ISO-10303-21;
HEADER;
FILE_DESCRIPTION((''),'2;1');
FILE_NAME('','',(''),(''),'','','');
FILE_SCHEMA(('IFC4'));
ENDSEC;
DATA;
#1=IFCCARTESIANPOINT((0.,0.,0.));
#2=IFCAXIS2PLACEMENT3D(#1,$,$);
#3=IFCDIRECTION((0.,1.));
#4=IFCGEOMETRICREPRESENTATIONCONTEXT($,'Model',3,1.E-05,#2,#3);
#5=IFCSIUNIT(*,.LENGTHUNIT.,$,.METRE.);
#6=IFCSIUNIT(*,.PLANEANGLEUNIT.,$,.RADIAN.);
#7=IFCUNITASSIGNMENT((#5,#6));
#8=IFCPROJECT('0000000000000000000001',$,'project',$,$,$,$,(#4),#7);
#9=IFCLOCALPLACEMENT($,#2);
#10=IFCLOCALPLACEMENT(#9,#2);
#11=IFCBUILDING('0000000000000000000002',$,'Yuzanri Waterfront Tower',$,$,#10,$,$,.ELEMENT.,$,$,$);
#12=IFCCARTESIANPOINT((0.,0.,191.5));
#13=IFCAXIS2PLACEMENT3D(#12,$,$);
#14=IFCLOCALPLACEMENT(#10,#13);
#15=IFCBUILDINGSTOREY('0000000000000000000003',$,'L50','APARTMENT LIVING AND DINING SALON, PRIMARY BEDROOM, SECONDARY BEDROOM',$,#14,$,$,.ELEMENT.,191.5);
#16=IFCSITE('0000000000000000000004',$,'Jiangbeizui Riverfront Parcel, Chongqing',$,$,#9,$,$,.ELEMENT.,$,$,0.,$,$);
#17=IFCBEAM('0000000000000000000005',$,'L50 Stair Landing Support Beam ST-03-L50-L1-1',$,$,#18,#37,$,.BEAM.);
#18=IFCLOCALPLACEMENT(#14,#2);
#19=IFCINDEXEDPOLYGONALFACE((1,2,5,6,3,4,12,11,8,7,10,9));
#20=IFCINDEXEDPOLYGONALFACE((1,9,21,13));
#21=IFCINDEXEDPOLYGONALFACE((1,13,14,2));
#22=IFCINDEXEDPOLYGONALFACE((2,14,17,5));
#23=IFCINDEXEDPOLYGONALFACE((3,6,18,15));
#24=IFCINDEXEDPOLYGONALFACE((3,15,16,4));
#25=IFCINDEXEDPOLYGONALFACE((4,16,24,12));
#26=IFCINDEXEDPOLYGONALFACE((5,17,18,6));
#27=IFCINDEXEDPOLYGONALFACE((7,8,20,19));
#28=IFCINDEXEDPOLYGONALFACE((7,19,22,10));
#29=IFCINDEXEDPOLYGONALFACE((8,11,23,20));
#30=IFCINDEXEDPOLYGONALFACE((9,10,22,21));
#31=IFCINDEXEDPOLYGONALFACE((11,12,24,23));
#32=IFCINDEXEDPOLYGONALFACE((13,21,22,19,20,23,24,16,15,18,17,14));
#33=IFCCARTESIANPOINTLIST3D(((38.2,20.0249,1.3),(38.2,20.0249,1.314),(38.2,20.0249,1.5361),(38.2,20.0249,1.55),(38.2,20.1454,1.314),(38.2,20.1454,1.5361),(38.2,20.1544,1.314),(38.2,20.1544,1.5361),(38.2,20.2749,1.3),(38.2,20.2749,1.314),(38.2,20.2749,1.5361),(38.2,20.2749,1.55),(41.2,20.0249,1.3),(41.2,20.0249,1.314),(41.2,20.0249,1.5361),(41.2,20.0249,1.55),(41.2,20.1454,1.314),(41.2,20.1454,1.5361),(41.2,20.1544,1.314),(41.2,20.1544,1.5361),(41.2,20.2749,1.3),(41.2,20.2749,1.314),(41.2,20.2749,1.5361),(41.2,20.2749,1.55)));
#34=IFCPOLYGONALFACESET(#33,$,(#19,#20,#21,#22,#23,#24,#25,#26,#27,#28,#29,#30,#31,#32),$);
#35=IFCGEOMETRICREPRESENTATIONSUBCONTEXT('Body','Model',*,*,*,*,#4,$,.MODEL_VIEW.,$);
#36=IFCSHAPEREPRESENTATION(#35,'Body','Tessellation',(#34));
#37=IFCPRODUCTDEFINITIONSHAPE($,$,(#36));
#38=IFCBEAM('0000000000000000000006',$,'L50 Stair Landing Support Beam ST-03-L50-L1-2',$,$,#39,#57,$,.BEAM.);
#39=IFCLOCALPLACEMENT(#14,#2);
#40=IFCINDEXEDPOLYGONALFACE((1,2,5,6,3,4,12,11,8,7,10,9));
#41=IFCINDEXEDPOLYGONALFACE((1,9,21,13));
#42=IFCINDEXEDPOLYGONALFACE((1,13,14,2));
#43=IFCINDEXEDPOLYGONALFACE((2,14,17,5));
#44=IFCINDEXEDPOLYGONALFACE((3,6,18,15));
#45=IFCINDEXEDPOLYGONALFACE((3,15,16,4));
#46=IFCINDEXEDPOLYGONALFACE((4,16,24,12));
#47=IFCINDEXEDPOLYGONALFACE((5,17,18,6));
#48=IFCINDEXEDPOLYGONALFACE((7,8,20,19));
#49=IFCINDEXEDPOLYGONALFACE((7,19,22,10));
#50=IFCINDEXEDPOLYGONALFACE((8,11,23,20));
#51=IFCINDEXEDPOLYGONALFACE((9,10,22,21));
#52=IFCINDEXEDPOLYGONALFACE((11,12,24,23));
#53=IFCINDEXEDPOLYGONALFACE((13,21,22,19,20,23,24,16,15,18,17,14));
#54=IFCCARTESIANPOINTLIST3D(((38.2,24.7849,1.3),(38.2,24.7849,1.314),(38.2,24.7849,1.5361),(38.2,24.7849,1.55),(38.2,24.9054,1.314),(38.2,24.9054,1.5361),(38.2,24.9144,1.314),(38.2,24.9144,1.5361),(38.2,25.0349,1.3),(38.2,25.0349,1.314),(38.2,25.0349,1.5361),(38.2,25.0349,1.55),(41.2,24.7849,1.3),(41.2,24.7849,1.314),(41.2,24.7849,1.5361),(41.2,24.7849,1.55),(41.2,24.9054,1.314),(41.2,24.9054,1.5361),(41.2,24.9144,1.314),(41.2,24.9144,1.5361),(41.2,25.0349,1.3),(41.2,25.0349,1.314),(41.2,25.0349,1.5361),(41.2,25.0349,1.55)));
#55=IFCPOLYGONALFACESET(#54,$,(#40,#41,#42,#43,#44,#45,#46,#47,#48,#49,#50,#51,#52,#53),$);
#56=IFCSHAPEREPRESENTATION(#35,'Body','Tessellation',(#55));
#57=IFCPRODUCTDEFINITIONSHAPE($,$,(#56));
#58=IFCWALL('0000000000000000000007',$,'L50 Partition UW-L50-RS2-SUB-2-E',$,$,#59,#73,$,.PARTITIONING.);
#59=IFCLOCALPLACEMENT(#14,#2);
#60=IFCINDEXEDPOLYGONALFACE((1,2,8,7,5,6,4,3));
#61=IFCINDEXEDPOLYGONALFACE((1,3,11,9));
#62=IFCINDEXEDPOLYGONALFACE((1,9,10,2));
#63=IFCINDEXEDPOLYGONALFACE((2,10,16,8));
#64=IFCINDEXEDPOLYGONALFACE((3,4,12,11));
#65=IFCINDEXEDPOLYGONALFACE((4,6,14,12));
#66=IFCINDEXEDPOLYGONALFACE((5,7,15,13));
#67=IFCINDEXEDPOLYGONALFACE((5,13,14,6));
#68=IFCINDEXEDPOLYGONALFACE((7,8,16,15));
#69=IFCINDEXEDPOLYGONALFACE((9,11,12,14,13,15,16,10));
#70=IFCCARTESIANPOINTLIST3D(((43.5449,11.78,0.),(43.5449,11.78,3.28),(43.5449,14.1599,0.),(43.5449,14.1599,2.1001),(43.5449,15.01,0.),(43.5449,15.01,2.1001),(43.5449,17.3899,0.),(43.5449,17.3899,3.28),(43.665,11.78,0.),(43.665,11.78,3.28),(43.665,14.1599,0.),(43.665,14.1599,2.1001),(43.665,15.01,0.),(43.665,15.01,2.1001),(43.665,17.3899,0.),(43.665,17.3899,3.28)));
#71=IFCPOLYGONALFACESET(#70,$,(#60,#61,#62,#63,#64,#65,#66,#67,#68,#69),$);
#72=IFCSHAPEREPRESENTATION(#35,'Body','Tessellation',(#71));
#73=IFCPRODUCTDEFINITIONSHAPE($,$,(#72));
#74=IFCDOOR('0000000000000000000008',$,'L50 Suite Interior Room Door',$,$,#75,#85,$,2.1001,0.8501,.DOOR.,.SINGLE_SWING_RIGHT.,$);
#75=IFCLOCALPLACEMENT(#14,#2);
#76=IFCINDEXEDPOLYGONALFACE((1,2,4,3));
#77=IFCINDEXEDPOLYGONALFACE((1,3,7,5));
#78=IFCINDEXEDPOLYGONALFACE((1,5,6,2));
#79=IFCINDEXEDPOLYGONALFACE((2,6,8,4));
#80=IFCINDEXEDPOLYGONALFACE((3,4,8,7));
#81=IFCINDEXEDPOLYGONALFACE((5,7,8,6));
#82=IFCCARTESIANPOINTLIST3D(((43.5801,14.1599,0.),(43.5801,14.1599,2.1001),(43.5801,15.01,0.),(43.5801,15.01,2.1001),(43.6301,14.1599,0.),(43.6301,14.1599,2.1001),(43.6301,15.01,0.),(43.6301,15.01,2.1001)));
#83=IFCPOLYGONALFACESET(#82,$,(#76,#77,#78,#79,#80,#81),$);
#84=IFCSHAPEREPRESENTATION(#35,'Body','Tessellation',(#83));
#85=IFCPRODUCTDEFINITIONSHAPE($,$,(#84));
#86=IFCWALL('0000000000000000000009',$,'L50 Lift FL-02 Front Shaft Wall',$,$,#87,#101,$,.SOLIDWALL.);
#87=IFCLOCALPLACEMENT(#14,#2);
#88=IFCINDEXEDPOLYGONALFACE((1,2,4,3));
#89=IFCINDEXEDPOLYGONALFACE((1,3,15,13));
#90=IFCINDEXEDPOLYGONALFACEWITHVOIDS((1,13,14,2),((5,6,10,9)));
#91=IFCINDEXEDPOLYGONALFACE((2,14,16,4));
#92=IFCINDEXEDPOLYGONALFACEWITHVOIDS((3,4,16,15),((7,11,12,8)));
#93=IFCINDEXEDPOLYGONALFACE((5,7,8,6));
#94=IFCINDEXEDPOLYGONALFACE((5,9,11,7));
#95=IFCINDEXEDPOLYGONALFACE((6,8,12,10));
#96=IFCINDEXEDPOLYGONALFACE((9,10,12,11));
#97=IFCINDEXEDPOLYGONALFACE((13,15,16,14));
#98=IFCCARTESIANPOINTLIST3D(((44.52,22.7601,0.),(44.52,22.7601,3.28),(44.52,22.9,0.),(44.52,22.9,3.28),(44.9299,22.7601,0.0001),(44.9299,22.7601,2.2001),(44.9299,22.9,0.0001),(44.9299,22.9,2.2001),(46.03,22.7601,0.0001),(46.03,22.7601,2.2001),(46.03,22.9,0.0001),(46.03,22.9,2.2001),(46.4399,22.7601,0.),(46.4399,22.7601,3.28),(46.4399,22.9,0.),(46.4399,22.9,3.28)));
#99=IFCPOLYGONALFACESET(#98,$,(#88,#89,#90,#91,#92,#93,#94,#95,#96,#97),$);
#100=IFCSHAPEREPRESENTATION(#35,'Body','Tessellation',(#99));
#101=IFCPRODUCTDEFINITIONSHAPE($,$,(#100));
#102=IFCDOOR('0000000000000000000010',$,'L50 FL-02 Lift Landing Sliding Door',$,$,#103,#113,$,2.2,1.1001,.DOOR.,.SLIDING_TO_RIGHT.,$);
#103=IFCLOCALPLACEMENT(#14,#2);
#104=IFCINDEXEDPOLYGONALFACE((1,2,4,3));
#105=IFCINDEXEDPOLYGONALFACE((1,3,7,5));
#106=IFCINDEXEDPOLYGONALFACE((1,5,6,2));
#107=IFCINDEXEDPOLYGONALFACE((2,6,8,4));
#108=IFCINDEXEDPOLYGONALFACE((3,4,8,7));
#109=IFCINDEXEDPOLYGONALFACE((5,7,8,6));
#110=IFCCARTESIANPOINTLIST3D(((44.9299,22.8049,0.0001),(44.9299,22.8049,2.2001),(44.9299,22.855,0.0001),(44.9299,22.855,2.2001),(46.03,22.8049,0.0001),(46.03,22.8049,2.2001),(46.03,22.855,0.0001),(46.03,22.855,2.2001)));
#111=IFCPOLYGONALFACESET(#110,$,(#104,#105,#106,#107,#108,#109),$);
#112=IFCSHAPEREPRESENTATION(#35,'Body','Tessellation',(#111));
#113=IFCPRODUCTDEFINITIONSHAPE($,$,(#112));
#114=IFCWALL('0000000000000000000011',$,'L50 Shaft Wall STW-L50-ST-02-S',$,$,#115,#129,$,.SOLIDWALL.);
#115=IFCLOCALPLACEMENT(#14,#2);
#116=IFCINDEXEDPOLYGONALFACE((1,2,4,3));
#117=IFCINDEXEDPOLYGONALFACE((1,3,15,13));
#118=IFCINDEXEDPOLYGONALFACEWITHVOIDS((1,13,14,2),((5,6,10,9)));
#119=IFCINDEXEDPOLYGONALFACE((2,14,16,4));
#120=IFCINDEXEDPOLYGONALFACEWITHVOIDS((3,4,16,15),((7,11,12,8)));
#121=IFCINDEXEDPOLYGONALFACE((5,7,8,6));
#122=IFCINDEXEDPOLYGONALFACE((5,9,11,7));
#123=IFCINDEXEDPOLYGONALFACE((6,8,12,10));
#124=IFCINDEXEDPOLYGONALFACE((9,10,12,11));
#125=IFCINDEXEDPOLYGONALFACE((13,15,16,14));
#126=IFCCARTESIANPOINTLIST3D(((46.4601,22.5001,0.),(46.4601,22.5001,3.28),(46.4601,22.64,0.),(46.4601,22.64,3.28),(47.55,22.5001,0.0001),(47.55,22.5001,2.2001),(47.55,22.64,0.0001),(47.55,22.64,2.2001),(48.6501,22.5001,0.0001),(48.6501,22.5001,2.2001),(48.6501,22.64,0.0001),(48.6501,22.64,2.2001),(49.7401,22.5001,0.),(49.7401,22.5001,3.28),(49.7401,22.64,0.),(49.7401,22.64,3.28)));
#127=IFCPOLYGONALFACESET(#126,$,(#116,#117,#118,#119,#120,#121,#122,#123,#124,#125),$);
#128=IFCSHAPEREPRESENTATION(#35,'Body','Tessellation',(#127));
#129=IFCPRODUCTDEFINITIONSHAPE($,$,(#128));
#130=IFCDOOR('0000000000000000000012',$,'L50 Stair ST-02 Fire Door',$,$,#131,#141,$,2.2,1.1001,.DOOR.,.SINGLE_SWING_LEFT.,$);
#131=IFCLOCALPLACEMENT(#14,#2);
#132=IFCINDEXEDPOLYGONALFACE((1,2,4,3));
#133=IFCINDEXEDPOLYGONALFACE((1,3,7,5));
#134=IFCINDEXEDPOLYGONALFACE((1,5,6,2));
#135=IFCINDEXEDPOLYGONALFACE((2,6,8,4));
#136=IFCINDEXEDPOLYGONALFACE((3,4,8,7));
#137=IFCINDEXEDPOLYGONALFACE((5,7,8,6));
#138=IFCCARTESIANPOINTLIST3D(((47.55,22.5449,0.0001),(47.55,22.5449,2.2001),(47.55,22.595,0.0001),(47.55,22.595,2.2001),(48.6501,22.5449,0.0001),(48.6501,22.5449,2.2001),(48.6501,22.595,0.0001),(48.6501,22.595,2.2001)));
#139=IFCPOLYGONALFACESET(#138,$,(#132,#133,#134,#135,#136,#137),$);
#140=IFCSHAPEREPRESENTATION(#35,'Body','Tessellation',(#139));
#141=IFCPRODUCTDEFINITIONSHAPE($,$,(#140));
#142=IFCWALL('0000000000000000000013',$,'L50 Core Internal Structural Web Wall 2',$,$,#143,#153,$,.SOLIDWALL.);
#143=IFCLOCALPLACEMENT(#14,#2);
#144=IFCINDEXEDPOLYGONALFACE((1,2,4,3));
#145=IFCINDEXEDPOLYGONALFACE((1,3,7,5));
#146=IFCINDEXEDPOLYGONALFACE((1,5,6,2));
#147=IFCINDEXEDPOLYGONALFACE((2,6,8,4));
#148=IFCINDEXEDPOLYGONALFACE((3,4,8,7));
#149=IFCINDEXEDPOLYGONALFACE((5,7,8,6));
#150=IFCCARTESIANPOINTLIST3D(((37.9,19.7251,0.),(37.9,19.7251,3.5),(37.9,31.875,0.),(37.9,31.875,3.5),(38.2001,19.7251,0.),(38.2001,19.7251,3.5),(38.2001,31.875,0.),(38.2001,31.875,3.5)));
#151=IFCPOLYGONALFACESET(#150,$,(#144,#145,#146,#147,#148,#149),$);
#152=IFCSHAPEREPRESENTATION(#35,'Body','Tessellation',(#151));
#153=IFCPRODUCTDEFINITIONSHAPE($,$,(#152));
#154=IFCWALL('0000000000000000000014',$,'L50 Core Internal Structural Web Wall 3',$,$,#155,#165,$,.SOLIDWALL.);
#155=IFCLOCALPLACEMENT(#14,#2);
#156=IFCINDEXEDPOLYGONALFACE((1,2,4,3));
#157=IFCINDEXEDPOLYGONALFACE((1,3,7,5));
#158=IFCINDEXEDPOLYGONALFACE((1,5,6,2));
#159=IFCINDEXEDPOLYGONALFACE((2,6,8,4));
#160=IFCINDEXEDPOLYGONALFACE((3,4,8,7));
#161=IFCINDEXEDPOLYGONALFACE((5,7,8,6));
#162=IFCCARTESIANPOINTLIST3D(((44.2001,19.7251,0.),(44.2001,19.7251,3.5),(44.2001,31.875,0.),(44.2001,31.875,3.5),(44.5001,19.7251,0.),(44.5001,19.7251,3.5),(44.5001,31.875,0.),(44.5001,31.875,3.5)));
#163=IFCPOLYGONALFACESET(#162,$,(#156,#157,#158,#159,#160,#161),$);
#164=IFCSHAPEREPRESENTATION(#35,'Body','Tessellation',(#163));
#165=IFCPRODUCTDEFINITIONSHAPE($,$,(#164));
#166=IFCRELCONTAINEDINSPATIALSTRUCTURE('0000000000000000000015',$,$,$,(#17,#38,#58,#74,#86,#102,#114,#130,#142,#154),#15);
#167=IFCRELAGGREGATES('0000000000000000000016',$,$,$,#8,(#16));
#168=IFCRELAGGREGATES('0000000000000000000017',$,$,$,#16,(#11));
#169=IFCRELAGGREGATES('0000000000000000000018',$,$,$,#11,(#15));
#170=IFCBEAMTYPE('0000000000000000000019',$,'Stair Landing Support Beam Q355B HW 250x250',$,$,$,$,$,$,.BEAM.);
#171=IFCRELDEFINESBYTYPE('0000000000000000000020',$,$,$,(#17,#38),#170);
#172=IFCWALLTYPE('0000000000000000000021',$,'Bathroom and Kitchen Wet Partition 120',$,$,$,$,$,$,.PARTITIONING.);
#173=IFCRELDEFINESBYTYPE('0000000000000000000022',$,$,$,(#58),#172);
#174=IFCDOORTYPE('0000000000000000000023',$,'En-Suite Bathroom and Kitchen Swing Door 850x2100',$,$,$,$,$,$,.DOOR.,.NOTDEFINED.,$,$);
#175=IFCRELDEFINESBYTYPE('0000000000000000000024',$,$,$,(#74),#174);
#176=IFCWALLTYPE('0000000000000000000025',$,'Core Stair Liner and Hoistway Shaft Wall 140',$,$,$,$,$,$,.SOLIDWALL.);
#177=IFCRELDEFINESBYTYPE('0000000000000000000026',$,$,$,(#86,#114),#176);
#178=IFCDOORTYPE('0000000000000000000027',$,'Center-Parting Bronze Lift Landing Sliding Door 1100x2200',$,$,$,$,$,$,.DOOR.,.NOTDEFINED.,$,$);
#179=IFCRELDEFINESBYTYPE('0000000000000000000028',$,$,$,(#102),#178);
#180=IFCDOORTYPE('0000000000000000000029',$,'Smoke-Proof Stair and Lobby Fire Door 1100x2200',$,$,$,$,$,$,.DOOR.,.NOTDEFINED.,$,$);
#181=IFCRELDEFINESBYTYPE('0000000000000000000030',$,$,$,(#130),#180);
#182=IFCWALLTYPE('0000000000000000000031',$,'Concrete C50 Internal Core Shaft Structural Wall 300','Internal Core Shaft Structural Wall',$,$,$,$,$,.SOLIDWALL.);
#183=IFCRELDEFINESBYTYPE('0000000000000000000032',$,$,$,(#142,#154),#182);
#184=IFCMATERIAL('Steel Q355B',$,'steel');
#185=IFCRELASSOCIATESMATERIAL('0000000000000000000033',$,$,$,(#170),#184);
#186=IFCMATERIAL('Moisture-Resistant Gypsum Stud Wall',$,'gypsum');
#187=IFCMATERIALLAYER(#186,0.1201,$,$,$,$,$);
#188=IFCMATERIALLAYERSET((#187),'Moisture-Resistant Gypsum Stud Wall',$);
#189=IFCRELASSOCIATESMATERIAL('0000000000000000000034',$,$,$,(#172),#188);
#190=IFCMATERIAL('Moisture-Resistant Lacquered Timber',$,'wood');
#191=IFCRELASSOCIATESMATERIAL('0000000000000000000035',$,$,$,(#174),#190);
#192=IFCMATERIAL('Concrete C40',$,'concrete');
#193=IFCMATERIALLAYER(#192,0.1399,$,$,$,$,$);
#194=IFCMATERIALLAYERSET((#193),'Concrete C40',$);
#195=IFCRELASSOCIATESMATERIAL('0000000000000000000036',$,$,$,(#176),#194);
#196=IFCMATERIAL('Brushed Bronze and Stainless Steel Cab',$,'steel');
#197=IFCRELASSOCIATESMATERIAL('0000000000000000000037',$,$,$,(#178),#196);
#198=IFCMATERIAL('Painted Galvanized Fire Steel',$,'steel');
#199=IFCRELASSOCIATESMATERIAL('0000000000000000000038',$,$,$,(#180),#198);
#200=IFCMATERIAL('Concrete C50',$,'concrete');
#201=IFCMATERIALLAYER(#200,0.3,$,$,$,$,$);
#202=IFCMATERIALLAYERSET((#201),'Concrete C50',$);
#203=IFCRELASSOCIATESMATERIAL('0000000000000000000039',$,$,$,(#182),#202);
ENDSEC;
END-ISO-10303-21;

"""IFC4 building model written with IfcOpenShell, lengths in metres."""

from ifc_helpers import new_model, si_unit, direction, frame, frame_2d, origin, origin_2d, place, context, subcontext, project, spatial, rectangle, i_section, extrude, source, transform, mapped, material, layer, layer_set, material_profile, profile_set, type_object, element, fill, save


model = new_model("IFC4")

# Units and contexts
model_context = context("Model", 3, precision=1e-05, world=origin(), true_north=direction((0.0, 1.0)))
body_context = subcontext(model_context, "Body", "Model", "MODEL_VIEW")
ifc_project = project(units=[si_unit("LENGTHUNIT", "METRE"), si_unit("PLANEANGLEUNIT", "RADIAN")], contexts=[model_context])

# Site, building, storey
site_placement = place(None, origin())
site = spatial("IfcSite", under=ifc_project, at=site_placement, Name="Jiangbeizui Riverfront Parcel, Chongqing", CompositionType="ELEMENT", RefElevation=0.0)
building_placement = place(site_placement, origin())
building = spatial("IfcBuilding", under=site, at=building_placement, Name="Yuzanri Waterfront Tower", CompositionType="ELEMENT")
storey_placement = place(building_placement, frame((0.0, 0.0, 191.5)))
storey = spatial("IfcBuildingStorey", under=building, at=storey_placement, Name="L50", Description="APARTMENT LIVING AND DINING SALON, PRIMARY BEDROOM, SECONDARY BEDROOM", CompositionType="ELEMENT", Elevation=191.5)

# Beams
ifc_material_1 = material(Name="Steel Q355B", Category="steel")
ifc_material_profile = material_profile(ifc_material_1, i_section(OverallWidth=0.25, OverallDepth=0.25, WebThickness=0.009, FlangeThickness=0.0139, at=origin_2d()), Name="HW 250x250x9x14")
ifc_profile_set = profile_set([ifc_material_profile], Name="Steel Q355B")
beam_type = type_object("IfcBeamType", Name="Stair Landing Support Beam Q355B HW 250x250", PredefinedType="BEAM", material=ifc_profile_set)
shared_shape_1 = source(origin(), body_context, "Body", "SweptSolid", [
    extrude(i_section(OverallWidth=0.25, OverallDepth=0.25, WebThickness=0.009, FlangeThickness=0.0139, at=origin_2d()), origin(), (0.0, 0.0, 1.0), 3.0),
])
for number, where, z_axis, x_axis, name in (
    (1, (38.2, 20.1499, 1.425), (1.0, 0.0, 0.0), (0.0, 1.0, 0.0), "L50 Stair Landing Support Beam ST-03-L50-L1-1"),
    (2, (38.2, 24.9099, 1.425), (1.0, 0.0, 0.0), (0.0, 1.0, 0.0), "L50 Stair Landing Support Beam ST-03-L50-L1-2"),
):
    element("IfcBeam", number, at=place(storey_placement, frame(where, z_axis=z_axis, x_axis=x_axis)), inside=storey, type_object=beam_type, Name=name, PredefinedType="BEAM", context=body_context, shape_type="MappedRepresentation", body=[
        mapped(shared_shape_1, transform((0.0, 0.0, 0.0), scale=1.0)),
    ])

# Walls, openings, doors
ifc_material_2 = material(Name="Moisture-Resistant Gypsum Stud Wall", Category="gypsum")
ifc_layer_1 = layer(ifc_material_2, 0.1201)
ifc_layer_set_1 = layer_set([ifc_layer_1], Name="Moisture-Resistant Gypsum Stud Wall")
wall_type_1 = type_object("IfcWallType", Name="Bathroom and Kitchen Wet Partition 120", PredefinedType="PARTITIONING", material=ifc_layer_set_1)
wall_1_placement = place(storey_placement, frame((43.605, 11.78, 0.0), z_axis=(0.0, 0.0, 1.0), x_axis=(0.0, 1.0, 0.0)))
wall_1 = element("IfcWall", 3, at=wall_1_placement, inside=storey, type_object=wall_type_1, Name="L50 Partition UW-L50-RS2-SUB-2-E", PredefinedType="PARTITIONING", context=body_context, shape_type="SweptSolid", body=[
    extrude(rectangle(XDim=5.6099, YDim=0.1201, at=frame_2d((2.8049, 0.0))), origin(), (0.0, 0.0, 1.0), 3.28),
])
opening_1_placement = place(wall_1_placement, frame((2.3799, 0.0, 0.0)))
opening_1 = element("IfcOpeningElement", 4, at=opening_1_placement, cuts=wall_1, PredefinedType="OPENING", context=body_context, shape_type="SweptSolid", body=[
    extrude(rectangle(XDim=0.8501, YDim=2.1001, at=frame_2d((0.425, 1.05))), frame((0.0, 0.075, 0.0), z_axis=(0.0, -1.0, 0.0), x_axis=(1.0, 0.0, 0.0)), (0.0, 0.0, 1.0), 0.1499),
])
ifc_material_3 = material(Name="Moisture-Resistant Lacquered Timber", Category="wood")
door_type_1 = type_object("IfcDoorType", Name="En-Suite Bathroom and Kitchen Swing Door 850x2100", OperationType="NOTDEFINED", PredefinedType="DOOR", material=ifc_material_3)
shared_shape_2 = source(origin(), body_context, "Body", "SweptSolid", [
    extrude(rectangle(XDim=0.8501, YDim=2.1001, at=frame_2d((0.425, 1.05))), frame((0.0, 0.0249, 0.0), z_axis=(0.0, -1.0, 0.0), x_axis=(1.0, 0.0, 0.0)), (0.0, 0.0, 1.0), 0.05),
])
door_1_placement = place(opening_1_placement, origin())
door_1 = element("IfcDoor", 5, at=door_1_placement, inside=storey, type_object=door_type_1, Name="L50 Suite Interior Room Door", OperationType="SINGLE_SWING_RIGHT", OverallHeight=2.1001, OverallWidth=0.8501, PredefinedType="DOOR", context=body_context, shape_type="MappedRepresentation", body=[
    mapped(shared_shape_2, transform((0.0, 0.0, 0.0), scale=1.0)),
])
fill(opening_1, door_1)
ifc_material_4 = material(Name="Concrete C40", Category="concrete")
ifc_layer_2 = layer(ifc_material_4, 0.1399)
ifc_layer_set_2 = layer_set([ifc_layer_2], Name="Concrete C40")
wall_type_2 = type_object("IfcWallType", Name="Core Stair Liner and Hoistway Shaft Wall 140", PredefinedType="SOLIDWALL", material=ifc_layer_set_2)
wall_2_placement = place(storey_placement, frame((44.52, 22.8301, 0.0), z_axis=(0.0, 0.0, 1.0), x_axis=(1.0, 0.0, 0.0)))
wall_2 = element("IfcWall", 6, at=wall_2_placement, inside=storey, type_object=wall_type_2, Name="L50 Lift FL-02 Front Shaft Wall", PredefinedType="SOLIDWALL", context=body_context, shape_type="SweptSolid", body=[
    extrude(rectangle(XDim=1.9199, YDim=0.1399, at=frame_2d((0.96, 0.0))), origin(), (0.0, 0.0, 1.0), 3.28),
])
opening_2_placement = place(wall_2_placement, frame((0.4099, 0.0, 0.0)))
opening_2 = element("IfcOpeningElement", 7, at=opening_2_placement, cuts=wall_2, PredefinedType="OPENING", context=body_context, shape_type="SweptSolid", body=[
    extrude(rectangle(XDim=1.1001, YDim=2.2, at=frame_2d((0.55, 1.1001))), frame((0.0, 0.085, 0.0), z_axis=(0.0, -1.0, 0.0), x_axis=(1.0, 0.0, 0.0)), (0.0, 0.0, 1.0), 0.1697),
])
ifc_material_5 = material(Name="Brushed Bronze and Stainless Steel Cab", Category="steel")
door_type_2 = type_object("IfcDoorType", Name="Center-Parting Bronze Lift Landing Sliding Door 1100x2200", OperationType="NOTDEFINED", PredefinedType="DOOR", material=ifc_material_5)
shared_shape_3 = source(origin(), body_context, "Body", "SweptSolid", [
    extrude(rectangle(XDim=1.1001, YDim=2.2, at=frame_2d((0.55, 1.1001))), frame((0.0, 0.0249, 0.0), z_axis=(0.0, -1.0, 0.0), x_axis=(1.0, 0.0, 0.0)), (0.0, 0.0, 1.0), 0.05),
])
door_2_placement = place(opening_2_placement, origin())
door_2 = element("IfcDoor", 8, at=door_2_placement, inside=storey, type_object=door_type_2, Name="L50 FL-02 Lift Landing Sliding Door", OperationType="SLIDING_TO_RIGHT", OverallHeight=2.2, OverallWidth=1.1001, PredefinedType="DOOR", context=body_context, shape_type="MappedRepresentation", body=[
    mapped(shared_shape_3, transform((0.0, 0.0, 0.0), scale=1.0)),
])
fill(opening_2, door_2)
wall_3_placement = place(storey_placement, frame((46.46, 22.5701, 0.0), z_axis=(0.0, 0.0, 1.0), x_axis=(1.0, 0.0, 0.0)))
wall_3 = element("IfcWall", 9, at=wall_3_placement, inside=storey, type_object=wall_type_2, Name="L50 Shaft Wall STW-L50-ST-02-S", PredefinedType="SOLIDWALL", context=body_context, shape_type="SweptSolid", body=[
    extrude(rectangle(XDim=3.28, YDim=0.1399, at=frame_2d((1.6401, 0.0))), origin(), (0.0, 0.0, 1.0), 3.28),
])
opening_3_placement = place(wall_3_placement, frame((1.0901, 0.0, 0.0)))
opening_3 = element("IfcOpeningElement", 10, at=opening_3_placement, cuts=wall_3, PredefinedType="OPENING", context=body_context, shape_type="SweptSolid", body=[
    extrude(rectangle(XDim=1.1001, YDim=2.2, at=frame_2d((0.55, 1.1001))), frame((0.0, 0.085, 0.0), z_axis=(0.0, -1.0, 0.0), x_axis=(1.0, 0.0, 0.0)), (0.0, 0.0, 1.0), 0.1697),
])
ifc_material_6 = material(Name="Painted Galvanized Fire Steel", Category="steel")
door_type_3 = type_object("IfcDoorType", Name="Smoke-Proof Stair and Lobby Fire Door 1100x2200", OperationType="NOTDEFINED", PredefinedType="DOOR", material=ifc_material_6)
shared_shape_4 = source(origin(), body_context, "Body", "SweptSolid", [
    extrude(rectangle(XDim=1.1001, YDim=2.2, at=frame_2d((0.55, 1.1001))), frame((0.0, 0.0249, 0.0), z_axis=(0.0, -1.0, 0.0), x_axis=(1.0, 0.0, 0.0)), (0.0, 0.0, 1.0), 0.05),
])
door_3_placement = place(opening_3_placement, origin())
door_3 = element("IfcDoor", 11, at=door_3_placement, inside=storey, type_object=door_type_3, Name="L50 Stair ST-02 Fire Door", OperationType="SINGLE_SWING_LEFT", OverallHeight=2.2, OverallWidth=1.1001, PredefinedType="DOOR", context=body_context, shape_type="MappedRepresentation", body=[
    mapped(shared_shape_4, transform((0.0, 0.0, 0.0), scale=1.0)),
])
fill(opening_3, door_3)

# Walls
ifc_material_7 = material(Name="Concrete C50", Category="concrete")
ifc_layer_3 = layer(ifc_material_7, 0.3)
ifc_layer_set_3 = layer_set([ifc_layer_3], Name="Concrete C50")
wall_type_3 = type_object("IfcWallType", Name="Concrete C50 Internal Core Shaft Structural Wall 300", Description="Internal Core Shaft Structural Wall", PredefinedType="SOLIDWALL", material=ifc_layer_set_3)
shared_shape_5 = source(origin(), body_context, "Body", "SweptSolid", [
    extrude(rectangle(XDim=12.1499, YDim=0.3, at=frame_2d((6.075, 0.0))), origin(), (0.0, 0.0, 1.0), 3.5),
])
for number, where, z_axis, x_axis, name in (
    (12, (38.05, 19.7251, 0.0), (0.0, 0.0, 1.0), (0.0, 1.0, 0.0), "L50 Core Internal Structural Web Wall 2"),
    (13, (44.3501, 19.7251, 0.0), (0.0, 0.0, 1.0), (0.0, 1.0, 0.0), "L50 Core Internal Structural Web Wall 3"),
):
    element("IfcWall", number, at=place(storey_placement, frame(where, z_axis=z_axis, x_axis=x_axis)), inside=storey, type_object=wall_type_3, Name=name, PredefinedType="SOLIDWALL", context=body_context, shape_type="MappedRepresentation", body=[
        mapped(shared_shape_5, transform((0.0, 0.0, 0.0), scale=1.0)),
    ])

save(model, "model.ifc")
